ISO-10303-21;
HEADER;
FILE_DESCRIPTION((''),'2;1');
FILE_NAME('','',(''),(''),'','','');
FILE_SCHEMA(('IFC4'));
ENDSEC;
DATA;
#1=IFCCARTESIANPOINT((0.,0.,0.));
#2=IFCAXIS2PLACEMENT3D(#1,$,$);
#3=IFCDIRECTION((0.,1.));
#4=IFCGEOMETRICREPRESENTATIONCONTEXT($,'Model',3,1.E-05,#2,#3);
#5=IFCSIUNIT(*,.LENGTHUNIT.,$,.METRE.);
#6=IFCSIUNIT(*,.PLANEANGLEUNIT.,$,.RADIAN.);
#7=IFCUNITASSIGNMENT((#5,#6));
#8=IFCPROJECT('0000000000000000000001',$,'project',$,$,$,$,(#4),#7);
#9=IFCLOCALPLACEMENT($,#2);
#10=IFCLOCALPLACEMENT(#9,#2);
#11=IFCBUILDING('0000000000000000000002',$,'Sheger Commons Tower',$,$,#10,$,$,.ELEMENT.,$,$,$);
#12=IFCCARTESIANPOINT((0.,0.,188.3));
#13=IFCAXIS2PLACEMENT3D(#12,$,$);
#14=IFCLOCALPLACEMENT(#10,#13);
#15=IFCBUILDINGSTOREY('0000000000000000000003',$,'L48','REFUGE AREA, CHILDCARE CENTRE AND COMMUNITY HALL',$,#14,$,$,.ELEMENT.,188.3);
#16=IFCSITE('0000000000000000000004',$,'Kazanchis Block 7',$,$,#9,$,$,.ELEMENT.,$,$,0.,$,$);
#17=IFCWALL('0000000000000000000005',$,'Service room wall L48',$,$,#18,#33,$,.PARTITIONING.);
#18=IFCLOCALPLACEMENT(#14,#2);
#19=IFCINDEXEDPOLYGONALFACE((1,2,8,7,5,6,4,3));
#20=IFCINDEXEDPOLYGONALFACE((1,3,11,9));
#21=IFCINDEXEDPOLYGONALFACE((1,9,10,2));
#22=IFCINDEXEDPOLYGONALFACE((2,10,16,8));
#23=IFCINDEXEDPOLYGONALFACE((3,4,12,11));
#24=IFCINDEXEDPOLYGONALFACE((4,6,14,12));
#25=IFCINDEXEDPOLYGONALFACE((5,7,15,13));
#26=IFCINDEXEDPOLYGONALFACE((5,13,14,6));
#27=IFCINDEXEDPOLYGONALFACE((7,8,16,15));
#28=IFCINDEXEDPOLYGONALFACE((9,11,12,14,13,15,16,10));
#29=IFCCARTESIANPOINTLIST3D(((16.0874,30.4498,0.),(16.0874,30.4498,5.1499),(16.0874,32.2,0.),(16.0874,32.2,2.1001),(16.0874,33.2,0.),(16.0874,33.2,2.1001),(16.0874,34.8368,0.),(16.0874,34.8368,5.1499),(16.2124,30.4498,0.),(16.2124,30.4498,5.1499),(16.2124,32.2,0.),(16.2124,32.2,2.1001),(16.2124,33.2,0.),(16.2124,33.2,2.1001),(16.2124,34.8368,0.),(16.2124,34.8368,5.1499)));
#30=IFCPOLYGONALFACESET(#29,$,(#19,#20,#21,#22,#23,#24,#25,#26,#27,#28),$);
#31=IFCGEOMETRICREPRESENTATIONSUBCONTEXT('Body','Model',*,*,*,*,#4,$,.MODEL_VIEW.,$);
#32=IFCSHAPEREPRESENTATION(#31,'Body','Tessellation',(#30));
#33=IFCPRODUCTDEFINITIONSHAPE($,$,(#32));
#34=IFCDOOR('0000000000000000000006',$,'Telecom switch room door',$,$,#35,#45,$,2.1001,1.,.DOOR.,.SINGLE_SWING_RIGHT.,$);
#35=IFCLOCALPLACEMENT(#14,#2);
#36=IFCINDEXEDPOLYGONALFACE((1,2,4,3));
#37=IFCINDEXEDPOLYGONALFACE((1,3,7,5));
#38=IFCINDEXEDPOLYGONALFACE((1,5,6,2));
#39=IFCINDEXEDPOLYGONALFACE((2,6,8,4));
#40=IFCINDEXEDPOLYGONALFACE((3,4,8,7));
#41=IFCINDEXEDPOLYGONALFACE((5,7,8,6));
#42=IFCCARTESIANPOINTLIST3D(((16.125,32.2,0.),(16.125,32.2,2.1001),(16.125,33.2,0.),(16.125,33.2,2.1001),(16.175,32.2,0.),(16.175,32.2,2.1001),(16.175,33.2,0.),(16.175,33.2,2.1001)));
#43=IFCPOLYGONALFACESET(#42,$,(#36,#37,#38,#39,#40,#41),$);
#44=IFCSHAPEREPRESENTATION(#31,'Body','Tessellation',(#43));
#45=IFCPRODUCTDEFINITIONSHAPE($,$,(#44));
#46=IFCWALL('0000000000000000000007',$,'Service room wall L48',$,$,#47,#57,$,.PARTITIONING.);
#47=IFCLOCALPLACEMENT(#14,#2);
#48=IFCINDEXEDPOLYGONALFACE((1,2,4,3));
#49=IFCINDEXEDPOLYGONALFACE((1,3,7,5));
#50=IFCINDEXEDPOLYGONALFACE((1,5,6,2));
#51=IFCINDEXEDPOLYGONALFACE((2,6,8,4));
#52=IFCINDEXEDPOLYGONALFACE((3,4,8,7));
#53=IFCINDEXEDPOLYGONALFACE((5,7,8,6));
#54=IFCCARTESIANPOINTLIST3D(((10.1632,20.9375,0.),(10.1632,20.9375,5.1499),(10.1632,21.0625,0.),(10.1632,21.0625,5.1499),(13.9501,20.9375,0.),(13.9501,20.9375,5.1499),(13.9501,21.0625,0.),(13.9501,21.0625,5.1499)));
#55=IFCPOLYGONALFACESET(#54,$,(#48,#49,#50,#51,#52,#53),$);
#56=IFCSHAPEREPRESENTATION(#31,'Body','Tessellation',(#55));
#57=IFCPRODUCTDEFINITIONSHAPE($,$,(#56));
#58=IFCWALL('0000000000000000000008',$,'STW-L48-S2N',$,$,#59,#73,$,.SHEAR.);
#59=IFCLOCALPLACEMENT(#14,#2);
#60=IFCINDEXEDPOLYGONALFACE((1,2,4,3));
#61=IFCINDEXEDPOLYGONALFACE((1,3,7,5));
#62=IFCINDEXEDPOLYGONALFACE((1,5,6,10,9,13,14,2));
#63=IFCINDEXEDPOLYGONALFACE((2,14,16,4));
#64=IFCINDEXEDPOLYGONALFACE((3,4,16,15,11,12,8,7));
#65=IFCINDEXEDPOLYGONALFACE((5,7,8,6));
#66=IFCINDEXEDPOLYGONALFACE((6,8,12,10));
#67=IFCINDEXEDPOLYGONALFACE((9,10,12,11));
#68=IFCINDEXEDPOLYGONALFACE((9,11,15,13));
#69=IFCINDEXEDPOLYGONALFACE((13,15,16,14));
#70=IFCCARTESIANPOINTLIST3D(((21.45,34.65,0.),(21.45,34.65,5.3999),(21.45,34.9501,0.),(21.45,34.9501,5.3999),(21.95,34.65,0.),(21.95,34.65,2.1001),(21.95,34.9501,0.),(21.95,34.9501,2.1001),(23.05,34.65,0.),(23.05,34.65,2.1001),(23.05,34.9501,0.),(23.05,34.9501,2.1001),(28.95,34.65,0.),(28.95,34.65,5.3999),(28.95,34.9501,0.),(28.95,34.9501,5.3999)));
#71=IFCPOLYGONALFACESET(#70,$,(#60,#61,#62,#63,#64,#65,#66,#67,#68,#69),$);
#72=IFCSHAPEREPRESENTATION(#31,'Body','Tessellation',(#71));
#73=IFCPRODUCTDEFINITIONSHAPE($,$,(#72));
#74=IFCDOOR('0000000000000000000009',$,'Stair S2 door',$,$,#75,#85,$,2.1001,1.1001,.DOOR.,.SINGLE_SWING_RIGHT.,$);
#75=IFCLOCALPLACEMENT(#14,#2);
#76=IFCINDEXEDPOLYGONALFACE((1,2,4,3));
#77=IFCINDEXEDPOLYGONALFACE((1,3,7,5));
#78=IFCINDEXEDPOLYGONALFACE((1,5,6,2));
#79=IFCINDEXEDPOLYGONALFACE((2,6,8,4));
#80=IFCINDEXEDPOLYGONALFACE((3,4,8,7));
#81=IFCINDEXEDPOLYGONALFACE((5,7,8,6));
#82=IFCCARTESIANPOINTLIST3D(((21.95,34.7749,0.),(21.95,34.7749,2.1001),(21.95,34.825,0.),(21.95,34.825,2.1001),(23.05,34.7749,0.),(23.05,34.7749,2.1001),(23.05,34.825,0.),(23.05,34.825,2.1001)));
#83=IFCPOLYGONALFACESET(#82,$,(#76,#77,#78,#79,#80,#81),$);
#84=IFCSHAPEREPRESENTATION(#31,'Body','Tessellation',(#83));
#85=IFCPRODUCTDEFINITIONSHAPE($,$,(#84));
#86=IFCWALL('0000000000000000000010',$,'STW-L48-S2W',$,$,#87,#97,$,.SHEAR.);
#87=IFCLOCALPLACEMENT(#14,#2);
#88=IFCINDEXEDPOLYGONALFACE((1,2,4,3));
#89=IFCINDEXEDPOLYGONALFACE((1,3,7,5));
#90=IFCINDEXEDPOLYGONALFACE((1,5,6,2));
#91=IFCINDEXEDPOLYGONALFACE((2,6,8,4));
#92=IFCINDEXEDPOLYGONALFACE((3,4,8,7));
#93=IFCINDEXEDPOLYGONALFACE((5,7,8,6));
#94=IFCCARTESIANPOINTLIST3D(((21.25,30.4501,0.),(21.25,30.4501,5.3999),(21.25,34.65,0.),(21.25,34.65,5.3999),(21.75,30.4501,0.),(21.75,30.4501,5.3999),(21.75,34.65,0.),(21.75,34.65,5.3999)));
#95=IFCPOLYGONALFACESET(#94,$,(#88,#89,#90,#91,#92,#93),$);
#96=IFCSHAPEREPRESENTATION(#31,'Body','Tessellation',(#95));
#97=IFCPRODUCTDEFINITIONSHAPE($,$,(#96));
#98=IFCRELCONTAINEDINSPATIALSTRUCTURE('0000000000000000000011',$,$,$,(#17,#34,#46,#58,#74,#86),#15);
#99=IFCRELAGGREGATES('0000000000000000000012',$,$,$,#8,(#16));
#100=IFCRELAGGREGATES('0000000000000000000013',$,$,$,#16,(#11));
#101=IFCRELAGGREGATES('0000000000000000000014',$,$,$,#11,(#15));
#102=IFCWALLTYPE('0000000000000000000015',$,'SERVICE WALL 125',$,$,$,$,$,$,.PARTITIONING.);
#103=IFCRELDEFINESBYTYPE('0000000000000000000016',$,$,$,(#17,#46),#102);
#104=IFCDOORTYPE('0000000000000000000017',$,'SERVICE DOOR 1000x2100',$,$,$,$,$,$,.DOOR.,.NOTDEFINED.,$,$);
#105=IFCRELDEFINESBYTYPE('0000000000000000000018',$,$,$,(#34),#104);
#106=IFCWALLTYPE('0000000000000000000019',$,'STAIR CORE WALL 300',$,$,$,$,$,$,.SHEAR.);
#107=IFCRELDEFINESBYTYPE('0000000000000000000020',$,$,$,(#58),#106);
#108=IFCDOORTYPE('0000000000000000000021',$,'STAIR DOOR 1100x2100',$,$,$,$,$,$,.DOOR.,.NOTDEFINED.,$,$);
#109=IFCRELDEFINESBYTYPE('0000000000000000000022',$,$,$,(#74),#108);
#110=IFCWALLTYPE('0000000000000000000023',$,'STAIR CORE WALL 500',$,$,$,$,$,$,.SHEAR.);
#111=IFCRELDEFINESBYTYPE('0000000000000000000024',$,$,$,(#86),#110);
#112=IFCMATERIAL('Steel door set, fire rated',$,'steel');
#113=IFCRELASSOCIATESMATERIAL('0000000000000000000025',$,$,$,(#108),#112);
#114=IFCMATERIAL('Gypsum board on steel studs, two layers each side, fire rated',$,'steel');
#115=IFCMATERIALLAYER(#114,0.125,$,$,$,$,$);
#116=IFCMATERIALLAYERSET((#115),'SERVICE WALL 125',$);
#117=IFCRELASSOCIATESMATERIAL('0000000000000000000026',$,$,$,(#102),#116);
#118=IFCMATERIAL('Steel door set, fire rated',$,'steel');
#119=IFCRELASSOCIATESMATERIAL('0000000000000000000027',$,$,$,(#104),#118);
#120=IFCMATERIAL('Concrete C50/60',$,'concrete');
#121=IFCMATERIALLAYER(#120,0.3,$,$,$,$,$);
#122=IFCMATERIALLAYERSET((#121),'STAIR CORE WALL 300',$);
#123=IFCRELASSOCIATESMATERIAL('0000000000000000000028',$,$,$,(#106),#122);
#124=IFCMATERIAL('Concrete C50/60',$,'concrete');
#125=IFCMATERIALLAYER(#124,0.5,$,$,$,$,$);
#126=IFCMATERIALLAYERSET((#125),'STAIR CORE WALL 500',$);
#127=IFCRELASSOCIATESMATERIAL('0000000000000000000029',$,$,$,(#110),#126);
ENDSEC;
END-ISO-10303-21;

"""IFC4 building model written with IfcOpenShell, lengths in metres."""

from ifc_helpers import new_model, si_unit, direction, frame, frame_2d, origin, place, context, subcontext, project, spatial, rectangle, extrude, material, layer, layer_set, type_object, element, fill, save


model = new_model("IFC4")

# Units and contexts
model_context = context("Model", 3, precision=1e-05, world=origin(), true_north=direction((0.0, 1.0)))
body_context = subcontext(model_context, "Body", "Model", "MODEL_VIEW")
ifc_project = project(units=[si_unit("LENGTHUNIT", "METRE"), si_unit("PLANEANGLEUNIT", "RADIAN")], contexts=[model_context])

# Site, building, storey
site_placement = place(None, origin())
site = spatial("IfcSite", under=ifc_project, at=site_placement, Name="Kazanchis Block 7", CompositionType="ELEMENT", RefElevation=0.0)
building_placement = place(site_placement, origin())
building = spatial("IfcBuilding", under=site, at=building_placement, Name="Sheger Commons Tower", CompositionType="ELEMENT")
storey_placement = place(building_placement, frame((0.0, 0.0, 188.3)))
storey = spatial("IfcBuildingStorey", under=building, at=storey_placement, Name="L48", Description="REFUGE AREA, CHILDCARE CENTRE AND COMMUNITY HALL", CompositionType="ELEMENT", Elevation=188.3)

# Shared definitions
ifc_material_1 = material(Name="Steel door set, fire rated", Category="steel")
door_type_1 = type_object("IfcDoorType", Name="STAIR DOOR 1100x2100", OperationType="NOTDEFINED", PredefinedType="DOOR", material=ifc_material_1)

# Shared definitions
ifc_material_2 = material(Name="Gypsum board on steel studs, two layers each side, fire rated", Category="steel")
ifc_layer_1 = layer(ifc_material_2, 0.125)
ifc_layer_set_1 = layer_set([ifc_layer_1], Name="SERVICE WALL 125")
wall_type_1 = type_object("IfcWallType", Name="SERVICE WALL 125", PredefinedType="PARTITIONING", material=ifc_layer_set_1)

# Wall, opening, door
wall_1_placement = place(storey_placement, frame((16.1499, 30.45, 0.0), z_axis=(0.0, 0.0, 1.0), x_axis=(0.0, 1.0, 0.0)))
wall_1 = element("IfcWall", 1, at=wall_1_placement, inside=storey, type_object=wall_type_1, Name="Service room wall L48", PredefinedType="PARTITIONING", context=body_context, shape_type="SweptSolid", body=[
    extrude(rectangle(XDim=4.387, YDim=0.125, at=frame_2d((2.1934, 0.0))), origin(), (0.0, 0.0, 1.0), 5.1499),
])
opening_1_placement = place(wall_1_placement, frame((1.75, 0.0, 0.0)))
opening_1 = element("IfcOpeningElement", 2, at=opening_1_placement, cuts=wall_1, PredefinedType="OPENING", context=body_context, shape_type="SweptSolid", body=[
    extrude(rectangle(XDim=1.0, YDim=2.1001, at=frame_2d((0.5, 1.05))), frame((0.0, 0.0725, 0.0), z_axis=(0.0, -1.0, 0.0), x_axis=(1.0, 0.0, 0.0)), (0.0, 0.0, 1.0), 0.145),
])
ifc_material_3 = material(Name="Steel door set, fire rated", Category="steel")
door_type_2 = type_object("IfcDoorType", Name="SERVICE DOOR 1000x2100", OperationType="NOTDEFINED", PredefinedType="DOOR", material=ifc_material_3)
door_1_placement = place(opening_1_placement, origin())
door_1 = element("IfcDoor", 3, at=door_1_placement, inside=storey, type_object=door_type_2, Name="Telecom switch room door", OperationType="SINGLE_SWING_RIGHT", OverallHeight=2.1001, OverallWidth=1.0, PredefinedType="DOOR", context=body_context, shape_type="SweptSolid", body=[
    extrude(rectangle(XDim=1.0, YDim=2.1001, at=frame_2d((0.5, 1.05))), frame((0.0, 0.0249, 0.0), z_axis=(0.0, -1.0, 0.0), x_axis=(1.0, 0.0, 0.0)), (0.0, 0.0, 1.0), 0.05),
])
fill(opening_1, door_1)

# Wall
wall_2_placement = place(storey_placement, frame((10.1631, 21.0, 0.0), z_axis=(0.0, 0.0, 1.0), x_axis=(1.0, 0.0, 0.0)))
element("IfcWall", 4, at=wall_2_placement, inside=storey, type_object=wall_type_1, Name="Service room wall L48", PredefinedType="PARTITIONING", context=body_context, shape_type="SweptSolid", body=[
    extrude(rectangle(XDim=3.7869, YDim=0.125, at=frame_2d((1.8936, 0.0))), origin(), (0.0, 0.0, 1.0), 5.1499),
])

# Wall, opening, door
ifc_material_4 = material(Name="Concrete C50/60", Category="concrete")
ifc_layer_2 = layer(ifc_material_4, 0.3)
ifc_layer_set_2 = layer_set([ifc_layer_2], Name="STAIR CORE WALL 300")
wall_type_2 = type_object("IfcWallType", Name="STAIR CORE WALL 300", PredefinedType="SHEAR", material=ifc_layer_set_2)
wall_3_placement = place(storey_placement, frame((21.45, 34.8, 0.0), z_axis=(0.0, 0.0, 1.0), x_axis=(1.0, 0.0, 0.0)))
wall_3 = element("IfcWall", 5, at=wall_3_placement, inside=storey, type_object=wall_type_2, Name="STW-L48-S2N", PredefinedType="SHEAR", context=body_context, shape_type="SweptSolid", body=[
    extrude(rectangle(XDim=7.5, YDim=0.3, at=frame_2d((3.75, 0.0))), origin(), (0.0, 0.0, 1.0), 5.3999),
])
opening_2_placement = place(wall_3_placement, frame((0.5, 0.0, 0.0)))
opening_2 = element("IfcOpeningElement", 6, at=opening_2_placement, cuts=wall_3, PredefinedType="OPENING", context=body_context, shape_type="SweptSolid", body=[
    extrude(rectangle(XDim=1.1001, YDim=2.1001, at=frame_2d((0.55, 1.05))), frame((0.0, 0.1599, 0.0), z_axis=(0.0, -1.0, 0.0), x_axis=(1.0, 0.0, 0.0)), (0.0, 0.0, 1.0), 0.3201),
])
door_2_placement = place(opening_2_placement, origin())
door_2 = element("IfcDoor", 7, at=door_2_placement, inside=storey, type_object=door_type_1, Name="Stair S2 door", OperationType="SINGLE_SWING_RIGHT", OverallHeight=2.1001, OverallWidth=1.1001, PredefinedType="DOOR", context=body_context, shape_type="SweptSolid", body=[
    extrude(rectangle(XDim=1.1001, YDim=2.1001, at=frame_2d((0.55, 1.05))), frame((0.0, 0.0249, 0.0), z_axis=(0.0, -1.0, 0.0), x_axis=(1.0, 0.0, 0.0)), (0.0, 0.0, 1.0), 0.05),
])
fill(opening_2, door_2)

# Wall
ifc_material_5 = material(Name="Concrete C50/60", Category="concrete")
ifc_layer_3 = layer(ifc_material_5, 0.5)
ifc_layer_set_3 = layer_set([ifc_layer_3], Name="STAIR CORE WALL 500")
wall_type_3 = type_object("IfcWallType", Name="STAIR CORE WALL 500", PredefinedType="SHEAR", material=ifc_layer_set_3)
wall_4_placement = place(storey_placement, frame((21.5, 30.45, 0.0), z_axis=(0.0, 0.0, 1.0), x_axis=(0.0, 1.0, 0.0)))
element("IfcWall", 8, at=wall_4_placement, inside=storey, type_object=wall_type_3, Name="STW-L48-S2W", PredefinedType="SHEAR", context=body_context, shape_type="SweptSolid", body=[
    extrude(rectangle(XDim=4.2, YDim=0.5, at=frame_2d((2.1001, 0.0))), origin(), (0.0, 0.0, 1.0), 5.3999),
])

save(model, "model.ifc")
